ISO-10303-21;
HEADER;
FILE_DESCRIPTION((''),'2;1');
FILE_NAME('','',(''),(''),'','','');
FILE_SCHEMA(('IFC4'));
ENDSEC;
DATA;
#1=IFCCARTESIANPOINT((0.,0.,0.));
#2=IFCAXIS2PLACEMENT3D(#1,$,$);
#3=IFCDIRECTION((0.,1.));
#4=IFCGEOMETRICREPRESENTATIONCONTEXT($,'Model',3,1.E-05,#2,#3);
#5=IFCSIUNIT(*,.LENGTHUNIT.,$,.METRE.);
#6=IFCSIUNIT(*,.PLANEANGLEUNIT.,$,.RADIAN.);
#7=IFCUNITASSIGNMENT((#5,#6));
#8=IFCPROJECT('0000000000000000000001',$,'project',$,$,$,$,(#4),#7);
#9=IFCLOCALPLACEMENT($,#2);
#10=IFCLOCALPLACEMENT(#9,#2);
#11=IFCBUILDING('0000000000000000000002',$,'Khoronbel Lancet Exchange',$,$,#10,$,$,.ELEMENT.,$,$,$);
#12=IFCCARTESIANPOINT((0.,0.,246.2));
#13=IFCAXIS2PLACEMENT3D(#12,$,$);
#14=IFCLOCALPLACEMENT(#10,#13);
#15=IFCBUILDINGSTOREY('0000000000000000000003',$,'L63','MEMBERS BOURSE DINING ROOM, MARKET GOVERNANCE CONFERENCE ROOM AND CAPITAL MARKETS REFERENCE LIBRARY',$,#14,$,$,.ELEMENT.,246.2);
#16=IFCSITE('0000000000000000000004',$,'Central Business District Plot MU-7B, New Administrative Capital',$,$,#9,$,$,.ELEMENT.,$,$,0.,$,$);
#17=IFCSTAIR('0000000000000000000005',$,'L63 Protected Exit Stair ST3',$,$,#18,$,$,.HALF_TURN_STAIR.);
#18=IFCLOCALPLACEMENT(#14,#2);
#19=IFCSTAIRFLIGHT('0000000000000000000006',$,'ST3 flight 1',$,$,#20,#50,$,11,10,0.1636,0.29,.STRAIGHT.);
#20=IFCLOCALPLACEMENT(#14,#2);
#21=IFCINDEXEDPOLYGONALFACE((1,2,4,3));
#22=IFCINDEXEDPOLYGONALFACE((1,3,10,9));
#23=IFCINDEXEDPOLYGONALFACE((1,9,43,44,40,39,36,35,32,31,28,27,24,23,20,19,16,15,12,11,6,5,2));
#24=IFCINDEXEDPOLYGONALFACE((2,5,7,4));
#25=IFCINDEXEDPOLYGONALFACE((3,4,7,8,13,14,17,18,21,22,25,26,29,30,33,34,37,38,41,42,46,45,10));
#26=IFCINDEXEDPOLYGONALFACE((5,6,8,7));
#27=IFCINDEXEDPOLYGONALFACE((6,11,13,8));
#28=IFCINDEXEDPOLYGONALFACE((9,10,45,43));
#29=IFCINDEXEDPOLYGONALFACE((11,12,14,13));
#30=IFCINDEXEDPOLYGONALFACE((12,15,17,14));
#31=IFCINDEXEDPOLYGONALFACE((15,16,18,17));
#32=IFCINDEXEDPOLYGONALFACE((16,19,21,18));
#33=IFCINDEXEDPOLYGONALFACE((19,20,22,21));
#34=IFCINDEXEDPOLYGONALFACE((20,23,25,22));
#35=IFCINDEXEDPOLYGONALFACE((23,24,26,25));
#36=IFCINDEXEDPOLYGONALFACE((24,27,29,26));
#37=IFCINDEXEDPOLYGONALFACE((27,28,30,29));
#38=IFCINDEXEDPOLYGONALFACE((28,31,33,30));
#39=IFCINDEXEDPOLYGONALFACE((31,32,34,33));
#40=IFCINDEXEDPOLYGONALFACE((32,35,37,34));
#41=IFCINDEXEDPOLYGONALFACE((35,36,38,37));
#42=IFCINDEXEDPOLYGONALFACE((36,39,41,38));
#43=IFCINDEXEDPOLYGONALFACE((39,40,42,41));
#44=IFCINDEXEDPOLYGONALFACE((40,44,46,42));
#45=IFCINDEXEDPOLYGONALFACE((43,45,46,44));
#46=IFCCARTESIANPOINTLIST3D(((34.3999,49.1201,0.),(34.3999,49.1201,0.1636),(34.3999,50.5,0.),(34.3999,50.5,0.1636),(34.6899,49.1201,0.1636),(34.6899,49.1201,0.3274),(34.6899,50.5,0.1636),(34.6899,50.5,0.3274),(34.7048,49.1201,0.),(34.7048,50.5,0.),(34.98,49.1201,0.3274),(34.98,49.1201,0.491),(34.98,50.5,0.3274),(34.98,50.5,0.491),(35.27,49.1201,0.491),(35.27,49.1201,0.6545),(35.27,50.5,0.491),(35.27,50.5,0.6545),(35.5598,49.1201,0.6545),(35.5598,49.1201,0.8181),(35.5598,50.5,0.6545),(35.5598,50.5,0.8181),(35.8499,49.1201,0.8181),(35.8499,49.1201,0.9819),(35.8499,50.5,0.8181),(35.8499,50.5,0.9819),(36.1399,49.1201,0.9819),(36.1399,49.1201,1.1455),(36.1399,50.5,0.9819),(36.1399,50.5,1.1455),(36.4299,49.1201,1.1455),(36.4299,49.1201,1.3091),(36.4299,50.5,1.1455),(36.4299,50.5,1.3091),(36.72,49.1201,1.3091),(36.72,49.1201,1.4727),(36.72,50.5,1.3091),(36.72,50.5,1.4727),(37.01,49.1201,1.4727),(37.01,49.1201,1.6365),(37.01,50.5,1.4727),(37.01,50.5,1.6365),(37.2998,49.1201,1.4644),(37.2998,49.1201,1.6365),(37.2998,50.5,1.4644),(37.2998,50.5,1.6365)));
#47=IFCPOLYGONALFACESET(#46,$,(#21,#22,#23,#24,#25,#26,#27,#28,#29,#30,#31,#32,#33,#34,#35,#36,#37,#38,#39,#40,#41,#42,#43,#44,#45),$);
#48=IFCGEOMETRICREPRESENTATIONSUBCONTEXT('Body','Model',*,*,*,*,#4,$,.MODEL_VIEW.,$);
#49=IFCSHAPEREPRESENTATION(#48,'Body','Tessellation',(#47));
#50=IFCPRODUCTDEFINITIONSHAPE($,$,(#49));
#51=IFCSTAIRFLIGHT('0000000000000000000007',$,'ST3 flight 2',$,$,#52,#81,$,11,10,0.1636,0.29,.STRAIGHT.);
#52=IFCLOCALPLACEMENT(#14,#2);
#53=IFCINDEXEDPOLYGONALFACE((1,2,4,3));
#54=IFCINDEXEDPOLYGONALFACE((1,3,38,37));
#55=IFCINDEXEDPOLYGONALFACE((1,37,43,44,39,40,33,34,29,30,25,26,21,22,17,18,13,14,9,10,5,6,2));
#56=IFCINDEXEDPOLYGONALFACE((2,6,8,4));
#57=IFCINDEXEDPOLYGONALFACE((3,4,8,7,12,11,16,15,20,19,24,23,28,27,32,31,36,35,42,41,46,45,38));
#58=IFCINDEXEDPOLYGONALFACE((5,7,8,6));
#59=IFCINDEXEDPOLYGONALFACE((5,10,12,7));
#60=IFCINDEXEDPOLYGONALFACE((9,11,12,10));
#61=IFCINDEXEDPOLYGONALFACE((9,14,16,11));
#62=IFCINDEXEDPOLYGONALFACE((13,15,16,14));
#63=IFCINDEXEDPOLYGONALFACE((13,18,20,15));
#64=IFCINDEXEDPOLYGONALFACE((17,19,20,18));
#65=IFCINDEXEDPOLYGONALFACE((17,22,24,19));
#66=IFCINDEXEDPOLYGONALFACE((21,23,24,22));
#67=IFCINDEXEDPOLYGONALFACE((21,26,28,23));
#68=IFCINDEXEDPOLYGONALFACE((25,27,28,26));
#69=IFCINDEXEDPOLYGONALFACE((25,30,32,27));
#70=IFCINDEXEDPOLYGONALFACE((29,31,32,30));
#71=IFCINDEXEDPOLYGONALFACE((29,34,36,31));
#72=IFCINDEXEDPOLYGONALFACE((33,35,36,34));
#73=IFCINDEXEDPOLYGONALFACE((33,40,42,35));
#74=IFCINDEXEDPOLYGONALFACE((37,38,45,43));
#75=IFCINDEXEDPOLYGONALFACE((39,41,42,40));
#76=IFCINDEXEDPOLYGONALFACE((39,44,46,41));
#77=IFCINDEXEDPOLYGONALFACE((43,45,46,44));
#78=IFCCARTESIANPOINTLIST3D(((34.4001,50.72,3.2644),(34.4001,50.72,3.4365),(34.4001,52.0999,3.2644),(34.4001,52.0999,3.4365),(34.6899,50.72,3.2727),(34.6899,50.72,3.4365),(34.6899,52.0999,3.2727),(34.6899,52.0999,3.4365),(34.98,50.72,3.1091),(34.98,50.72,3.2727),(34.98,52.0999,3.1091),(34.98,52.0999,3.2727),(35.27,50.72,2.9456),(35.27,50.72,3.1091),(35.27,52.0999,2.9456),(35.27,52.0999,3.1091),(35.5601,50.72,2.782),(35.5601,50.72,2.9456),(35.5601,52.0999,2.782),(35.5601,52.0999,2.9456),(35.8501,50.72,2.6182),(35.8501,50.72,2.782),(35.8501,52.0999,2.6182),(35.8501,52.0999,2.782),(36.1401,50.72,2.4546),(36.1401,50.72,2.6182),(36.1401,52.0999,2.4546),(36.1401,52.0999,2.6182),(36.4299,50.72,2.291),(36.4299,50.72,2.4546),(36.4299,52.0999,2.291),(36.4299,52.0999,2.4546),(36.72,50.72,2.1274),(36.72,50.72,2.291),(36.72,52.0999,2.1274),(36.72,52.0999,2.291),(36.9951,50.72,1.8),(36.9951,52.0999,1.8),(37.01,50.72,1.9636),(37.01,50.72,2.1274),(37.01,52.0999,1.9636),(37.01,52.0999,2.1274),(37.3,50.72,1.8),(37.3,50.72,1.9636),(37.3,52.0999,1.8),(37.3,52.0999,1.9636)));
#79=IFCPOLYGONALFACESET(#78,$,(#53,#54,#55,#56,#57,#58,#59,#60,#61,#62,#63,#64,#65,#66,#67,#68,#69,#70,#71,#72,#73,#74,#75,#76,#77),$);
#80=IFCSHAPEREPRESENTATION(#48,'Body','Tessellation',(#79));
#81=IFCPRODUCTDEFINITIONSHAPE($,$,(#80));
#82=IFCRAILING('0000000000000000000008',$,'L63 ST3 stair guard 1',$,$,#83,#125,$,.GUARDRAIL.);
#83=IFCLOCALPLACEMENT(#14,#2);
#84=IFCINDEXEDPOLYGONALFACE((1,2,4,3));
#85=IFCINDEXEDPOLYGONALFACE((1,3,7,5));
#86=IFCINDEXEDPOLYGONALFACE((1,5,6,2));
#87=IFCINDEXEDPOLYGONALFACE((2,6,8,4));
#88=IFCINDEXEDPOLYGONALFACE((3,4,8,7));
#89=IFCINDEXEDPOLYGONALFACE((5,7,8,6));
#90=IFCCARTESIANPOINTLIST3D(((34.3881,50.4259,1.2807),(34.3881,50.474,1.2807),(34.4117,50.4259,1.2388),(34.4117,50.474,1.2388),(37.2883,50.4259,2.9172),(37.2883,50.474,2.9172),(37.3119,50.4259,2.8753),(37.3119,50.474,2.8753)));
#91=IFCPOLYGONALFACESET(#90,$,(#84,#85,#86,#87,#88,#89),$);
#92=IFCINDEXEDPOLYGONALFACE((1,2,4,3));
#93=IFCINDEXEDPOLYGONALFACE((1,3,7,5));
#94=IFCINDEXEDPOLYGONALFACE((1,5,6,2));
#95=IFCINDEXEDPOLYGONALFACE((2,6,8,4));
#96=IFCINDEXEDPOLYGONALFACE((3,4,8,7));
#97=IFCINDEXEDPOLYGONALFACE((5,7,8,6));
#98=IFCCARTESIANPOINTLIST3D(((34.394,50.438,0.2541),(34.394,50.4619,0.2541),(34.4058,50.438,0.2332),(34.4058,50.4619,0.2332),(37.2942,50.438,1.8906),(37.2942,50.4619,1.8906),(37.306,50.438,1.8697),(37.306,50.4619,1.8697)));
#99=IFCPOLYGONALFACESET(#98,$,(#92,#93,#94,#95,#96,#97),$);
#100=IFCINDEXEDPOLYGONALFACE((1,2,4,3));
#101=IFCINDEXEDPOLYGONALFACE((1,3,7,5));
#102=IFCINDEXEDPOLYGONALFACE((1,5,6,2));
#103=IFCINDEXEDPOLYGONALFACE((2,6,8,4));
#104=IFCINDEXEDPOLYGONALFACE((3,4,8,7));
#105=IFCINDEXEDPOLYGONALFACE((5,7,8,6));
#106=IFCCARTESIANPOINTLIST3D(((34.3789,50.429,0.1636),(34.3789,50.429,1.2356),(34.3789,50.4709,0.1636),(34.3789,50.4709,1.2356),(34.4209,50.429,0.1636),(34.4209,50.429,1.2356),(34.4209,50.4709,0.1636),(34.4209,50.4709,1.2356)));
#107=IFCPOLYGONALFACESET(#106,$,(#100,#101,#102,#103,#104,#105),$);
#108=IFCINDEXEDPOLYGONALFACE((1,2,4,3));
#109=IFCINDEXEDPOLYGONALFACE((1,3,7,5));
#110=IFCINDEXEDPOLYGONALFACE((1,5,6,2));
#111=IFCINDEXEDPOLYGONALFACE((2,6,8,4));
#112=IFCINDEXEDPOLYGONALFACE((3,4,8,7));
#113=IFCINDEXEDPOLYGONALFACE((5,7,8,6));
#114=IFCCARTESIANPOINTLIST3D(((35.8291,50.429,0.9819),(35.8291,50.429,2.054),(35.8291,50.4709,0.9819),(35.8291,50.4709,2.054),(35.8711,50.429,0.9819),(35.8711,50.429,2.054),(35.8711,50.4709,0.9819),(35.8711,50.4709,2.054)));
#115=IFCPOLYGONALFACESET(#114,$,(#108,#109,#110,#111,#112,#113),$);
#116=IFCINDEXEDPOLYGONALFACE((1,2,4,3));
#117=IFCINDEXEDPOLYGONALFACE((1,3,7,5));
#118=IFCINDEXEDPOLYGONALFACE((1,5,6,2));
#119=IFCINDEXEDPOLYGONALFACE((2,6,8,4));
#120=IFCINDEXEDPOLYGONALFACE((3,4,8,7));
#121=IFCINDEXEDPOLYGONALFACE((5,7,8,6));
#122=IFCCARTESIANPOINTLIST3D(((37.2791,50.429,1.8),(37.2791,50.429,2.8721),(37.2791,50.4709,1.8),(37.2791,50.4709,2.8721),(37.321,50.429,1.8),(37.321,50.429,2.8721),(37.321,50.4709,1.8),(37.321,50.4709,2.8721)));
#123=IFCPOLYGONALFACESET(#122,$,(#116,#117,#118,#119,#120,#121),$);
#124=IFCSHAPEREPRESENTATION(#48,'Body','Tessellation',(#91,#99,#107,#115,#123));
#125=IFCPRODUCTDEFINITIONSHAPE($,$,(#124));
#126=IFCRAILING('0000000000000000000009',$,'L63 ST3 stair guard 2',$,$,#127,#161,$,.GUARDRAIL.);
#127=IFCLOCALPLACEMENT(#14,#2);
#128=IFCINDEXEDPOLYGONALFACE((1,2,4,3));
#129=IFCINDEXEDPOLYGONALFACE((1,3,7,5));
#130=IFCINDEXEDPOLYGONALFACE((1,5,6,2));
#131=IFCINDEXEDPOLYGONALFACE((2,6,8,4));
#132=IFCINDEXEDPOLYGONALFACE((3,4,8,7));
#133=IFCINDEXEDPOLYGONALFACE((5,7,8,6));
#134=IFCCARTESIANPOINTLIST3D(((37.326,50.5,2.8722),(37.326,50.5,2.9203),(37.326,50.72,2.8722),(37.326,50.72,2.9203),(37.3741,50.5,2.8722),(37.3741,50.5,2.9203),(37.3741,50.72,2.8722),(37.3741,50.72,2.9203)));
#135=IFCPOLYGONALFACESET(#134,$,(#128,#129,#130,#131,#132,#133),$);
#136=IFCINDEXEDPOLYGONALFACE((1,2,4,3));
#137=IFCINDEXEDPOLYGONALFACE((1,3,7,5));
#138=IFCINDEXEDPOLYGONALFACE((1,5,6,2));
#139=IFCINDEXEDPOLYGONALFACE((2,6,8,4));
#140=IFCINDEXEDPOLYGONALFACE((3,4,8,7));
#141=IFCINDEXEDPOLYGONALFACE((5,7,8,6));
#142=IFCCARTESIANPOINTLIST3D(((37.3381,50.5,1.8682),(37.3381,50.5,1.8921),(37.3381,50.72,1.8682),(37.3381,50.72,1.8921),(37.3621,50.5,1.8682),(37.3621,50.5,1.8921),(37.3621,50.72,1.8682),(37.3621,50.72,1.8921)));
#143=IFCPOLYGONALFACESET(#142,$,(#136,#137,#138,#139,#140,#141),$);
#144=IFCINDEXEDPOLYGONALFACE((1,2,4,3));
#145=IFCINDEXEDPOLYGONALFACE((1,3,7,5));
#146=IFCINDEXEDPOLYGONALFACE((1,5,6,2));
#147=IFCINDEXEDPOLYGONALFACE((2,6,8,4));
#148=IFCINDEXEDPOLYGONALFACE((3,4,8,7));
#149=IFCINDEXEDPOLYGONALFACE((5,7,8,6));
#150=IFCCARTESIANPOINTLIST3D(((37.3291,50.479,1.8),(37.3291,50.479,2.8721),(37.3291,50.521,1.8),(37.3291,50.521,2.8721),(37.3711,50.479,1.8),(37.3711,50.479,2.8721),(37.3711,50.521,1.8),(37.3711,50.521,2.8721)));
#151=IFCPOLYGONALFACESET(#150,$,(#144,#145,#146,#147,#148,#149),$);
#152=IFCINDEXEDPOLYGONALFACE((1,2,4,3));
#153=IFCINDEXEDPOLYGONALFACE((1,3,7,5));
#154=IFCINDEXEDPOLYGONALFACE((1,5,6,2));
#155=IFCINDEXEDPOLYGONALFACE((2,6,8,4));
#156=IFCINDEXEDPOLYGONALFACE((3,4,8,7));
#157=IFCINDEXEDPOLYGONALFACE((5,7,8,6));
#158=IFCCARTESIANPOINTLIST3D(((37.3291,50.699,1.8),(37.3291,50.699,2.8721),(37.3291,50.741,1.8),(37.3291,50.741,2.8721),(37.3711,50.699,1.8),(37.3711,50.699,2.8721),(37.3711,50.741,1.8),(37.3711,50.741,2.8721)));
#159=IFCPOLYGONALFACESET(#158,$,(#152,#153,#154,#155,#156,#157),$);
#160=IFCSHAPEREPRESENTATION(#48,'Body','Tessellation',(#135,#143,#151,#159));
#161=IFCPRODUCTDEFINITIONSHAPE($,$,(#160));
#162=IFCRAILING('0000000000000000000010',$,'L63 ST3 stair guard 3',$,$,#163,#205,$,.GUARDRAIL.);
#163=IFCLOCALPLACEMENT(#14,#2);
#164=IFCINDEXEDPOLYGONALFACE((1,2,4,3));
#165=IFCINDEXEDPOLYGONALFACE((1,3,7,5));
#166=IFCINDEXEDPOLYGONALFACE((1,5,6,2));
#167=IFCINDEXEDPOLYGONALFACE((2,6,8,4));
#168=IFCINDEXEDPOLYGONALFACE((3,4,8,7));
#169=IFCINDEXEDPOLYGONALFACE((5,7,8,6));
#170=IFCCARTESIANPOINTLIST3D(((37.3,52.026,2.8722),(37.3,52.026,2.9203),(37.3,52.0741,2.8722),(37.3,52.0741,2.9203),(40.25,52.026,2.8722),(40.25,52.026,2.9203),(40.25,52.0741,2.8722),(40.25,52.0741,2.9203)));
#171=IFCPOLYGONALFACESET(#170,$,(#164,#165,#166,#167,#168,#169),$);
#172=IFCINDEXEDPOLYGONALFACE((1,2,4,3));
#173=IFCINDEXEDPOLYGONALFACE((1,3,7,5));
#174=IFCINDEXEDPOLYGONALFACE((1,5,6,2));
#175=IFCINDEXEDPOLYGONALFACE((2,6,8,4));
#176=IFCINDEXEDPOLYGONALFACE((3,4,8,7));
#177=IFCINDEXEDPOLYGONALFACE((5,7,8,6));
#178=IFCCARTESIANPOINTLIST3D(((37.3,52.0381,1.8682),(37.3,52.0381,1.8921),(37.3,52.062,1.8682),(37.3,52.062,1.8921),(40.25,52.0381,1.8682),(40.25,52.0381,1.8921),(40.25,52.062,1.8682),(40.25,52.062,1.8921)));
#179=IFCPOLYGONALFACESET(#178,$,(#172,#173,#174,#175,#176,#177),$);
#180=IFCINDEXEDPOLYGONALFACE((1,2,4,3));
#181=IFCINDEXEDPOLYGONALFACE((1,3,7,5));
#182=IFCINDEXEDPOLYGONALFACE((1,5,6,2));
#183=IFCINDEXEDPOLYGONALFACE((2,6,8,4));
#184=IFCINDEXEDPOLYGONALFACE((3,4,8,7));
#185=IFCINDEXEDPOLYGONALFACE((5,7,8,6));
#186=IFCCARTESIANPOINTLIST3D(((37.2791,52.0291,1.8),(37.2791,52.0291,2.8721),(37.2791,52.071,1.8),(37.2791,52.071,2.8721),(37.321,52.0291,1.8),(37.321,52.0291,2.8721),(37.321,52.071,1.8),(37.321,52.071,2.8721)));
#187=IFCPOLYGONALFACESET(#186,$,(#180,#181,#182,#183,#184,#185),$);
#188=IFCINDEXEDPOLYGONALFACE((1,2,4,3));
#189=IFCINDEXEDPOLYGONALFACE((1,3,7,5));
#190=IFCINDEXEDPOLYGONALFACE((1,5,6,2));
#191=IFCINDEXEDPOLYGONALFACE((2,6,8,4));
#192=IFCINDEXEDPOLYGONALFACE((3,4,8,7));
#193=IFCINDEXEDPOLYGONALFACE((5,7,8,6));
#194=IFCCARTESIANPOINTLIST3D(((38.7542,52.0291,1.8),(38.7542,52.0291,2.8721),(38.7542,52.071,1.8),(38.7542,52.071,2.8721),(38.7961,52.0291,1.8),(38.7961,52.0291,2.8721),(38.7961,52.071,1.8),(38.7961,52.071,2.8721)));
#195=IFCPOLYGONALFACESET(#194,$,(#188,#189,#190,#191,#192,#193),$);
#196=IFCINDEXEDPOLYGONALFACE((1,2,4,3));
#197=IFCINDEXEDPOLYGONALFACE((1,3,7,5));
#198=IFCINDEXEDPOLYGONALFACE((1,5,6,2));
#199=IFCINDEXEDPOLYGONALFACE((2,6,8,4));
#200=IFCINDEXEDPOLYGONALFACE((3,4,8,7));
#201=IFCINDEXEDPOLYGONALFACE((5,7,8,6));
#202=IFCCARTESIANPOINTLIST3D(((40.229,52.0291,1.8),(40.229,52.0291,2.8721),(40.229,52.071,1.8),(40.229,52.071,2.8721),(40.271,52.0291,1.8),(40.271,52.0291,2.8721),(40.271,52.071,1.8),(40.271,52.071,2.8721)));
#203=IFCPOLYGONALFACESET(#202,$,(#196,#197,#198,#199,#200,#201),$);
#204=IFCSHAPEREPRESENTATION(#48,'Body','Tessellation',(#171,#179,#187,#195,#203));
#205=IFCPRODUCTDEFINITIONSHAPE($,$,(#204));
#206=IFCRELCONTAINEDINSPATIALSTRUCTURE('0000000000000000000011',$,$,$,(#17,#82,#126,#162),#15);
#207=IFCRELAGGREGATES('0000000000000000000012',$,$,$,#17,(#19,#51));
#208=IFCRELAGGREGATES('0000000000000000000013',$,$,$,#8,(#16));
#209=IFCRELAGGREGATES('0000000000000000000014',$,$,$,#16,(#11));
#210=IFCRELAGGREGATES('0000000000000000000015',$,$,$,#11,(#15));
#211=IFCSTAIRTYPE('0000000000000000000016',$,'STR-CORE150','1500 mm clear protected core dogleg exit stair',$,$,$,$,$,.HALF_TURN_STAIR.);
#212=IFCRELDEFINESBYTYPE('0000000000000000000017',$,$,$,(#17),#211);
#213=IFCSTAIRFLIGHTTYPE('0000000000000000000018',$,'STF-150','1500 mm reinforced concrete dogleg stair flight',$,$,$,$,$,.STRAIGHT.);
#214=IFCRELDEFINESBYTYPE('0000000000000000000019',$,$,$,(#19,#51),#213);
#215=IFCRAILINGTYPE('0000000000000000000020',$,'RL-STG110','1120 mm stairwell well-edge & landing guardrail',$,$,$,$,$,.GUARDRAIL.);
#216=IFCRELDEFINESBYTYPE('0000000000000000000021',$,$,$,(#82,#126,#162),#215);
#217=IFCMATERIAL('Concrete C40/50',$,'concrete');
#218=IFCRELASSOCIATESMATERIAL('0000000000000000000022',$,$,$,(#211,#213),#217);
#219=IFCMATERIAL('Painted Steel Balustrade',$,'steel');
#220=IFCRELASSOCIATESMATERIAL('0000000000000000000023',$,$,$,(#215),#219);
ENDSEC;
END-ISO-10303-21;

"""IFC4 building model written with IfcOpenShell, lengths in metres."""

from ifc_helpers import new_model, si_unit, direction, frame, origin, origin_2d, place, context, subcontext, project, spatial, polyline, rectangle, outline, extrude, material, type_object, element, aggregate, save


model = new_model("IFC4")

# Units and contexts
model_context = context("Model", 3, precision=1e-05, world=origin(), true_north=direction((0.0, 1.0)))
body_context = subcontext(model_context, "Body", "Model", "MODEL_VIEW")
ifc_project = project(units=[si_unit("LENGTHUNIT", "METRE"), si_unit("PLANEANGLEUNIT", "RADIAN")], contexts=[model_context])

# Site, building, storey
site_placement = place(None, origin())
site = spatial("IfcSite", under=ifc_project, at=site_placement, Name="Central Business District Plot MU-7B, New Administrative Capital", CompositionType="ELEMENT", RefElevation=0.0)
building_placement = place(site_placement, origin())
building = spatial("IfcBuilding", under=site, at=building_placement, Name="Khoronbel Lancet Exchange", CompositionType="ELEMENT")
storey_placement = place(building_placement, frame((0.0, 0.0, 246.2)))
storey = spatial("IfcBuildingStorey", under=building, at=storey_placement, Name="L63", Description="MEMBERS BOURSE DINING ROOM, MARKET GOVERNANCE CONFERENCE ROOM AND CAPITAL MARKETS REFERENCE LIBRARY", CompositionType="ELEMENT", Elevation=246.2)

# Stair, stair flights
ifc_material_1 = material(Name="Concrete C40/50", Category="concrete")
stair_type = type_object("IfcStairType", Name="STR-CORE150", Description="1500 mm clear protected core dogleg exit stair", PredefinedType="HALF_TURN_STAIR", material=ifc_material_1)
stair_placement = place(storey_placement, origin())
stair = element("IfcStair", 1, at=stair_placement, inside=storey, type_object=stair_type, Name="L63 Protected Exit Stair ST3", PredefinedType="HALF_TURN_STAIR")
stair_flight_type = type_object("IfcStairFlightType", Name="STF-150", Description="1500 mm reinforced concrete dogleg stair flight", PredefinedType="STRAIGHT", material=ifc_material_1)
stair_flight_1_placement = place(storey_placement, frame((34.3999, 49.8101, 0.0), z_axis=(0.0, 0.0, 1.0), x_axis=(1.0, 0.0, 0.0)))
stair_flight_1 = element("IfcStairFlight", 2, at=stair_flight_1_placement, type_object=stair_flight_type, Name="ST3 flight 1", NumberOfRisers=11, NumberOfTreads=10, PredefinedType="STRAIGHT", RiserHeight=0.1636, TreadLength=0.29, context=body_context, shape_type="SweptSolid", body=[
    extrude(outline(polyline([(0.0, 0.0), (0.0, 0.1636), (0.29, 0.1636), (0.29, 0.3274), (0.5801, 0.3274), (0.5801, 0.491), (0.8701, 0.491), (0.8701, 0.6545), (1.1599, 0.6545), (1.1599, 0.8181), (1.45, 0.8181), (1.45, 0.9819), (1.74, 0.9819), (1.74, 1.1455), (2.03, 1.1455), (2.03, 1.3091), (2.3201, 1.3091), (2.3201, 1.4727), (2.6101, 1.4727), (2.6101, 1.6365), (2.8999, 1.6365), (2.8999, 1.8), (2.8999, 1.4644), (0.3049, 0.0), (0.0, 0.0)])), frame((0.0, 0.6899, 0.0), z_axis=(0.0, -1.0, 0.0), x_axis=(1.0, 0.0, 0.0)), (0.0, 0.0, 1.0), 1.3799),
])
stair_flight_2_placement = place(storey_placement, frame((37.3, 51.4099, 1.8), z_axis=(0.0, 0.0, 1.0), x_axis=(-1.0, 0.0, 0.0)))
stair_flight_2 = element("IfcStairFlight", 3, at=stair_flight_2_placement, type_object=stair_flight_type, Name="ST3 flight 2", NumberOfRisers=11, NumberOfTreads=10, PredefinedType="STRAIGHT", RiserHeight=0.1636, TreadLength=0.29, context=body_context, shape_type="SweptSolid", body=[
    extrude(outline(polyline([(0.0, 0.0), (0.0, 0.1636), (0.29, 0.1636), (0.29, 0.3274), (0.5801, 0.3274), (0.5801, 0.491), (0.8701, 0.491), (0.8701, 0.6545), (1.1599, 0.6545), (1.1599, 0.8181), (1.45, 0.8181), (1.45, 0.9819), (1.74, 0.9819), (1.74, 1.1455), (2.03, 1.1455), (2.03, 1.3091), (2.3201, 1.3091), (2.3201, 1.4727), (2.6101, 1.4727), (2.6101, 1.6365), (2.8999, 1.6365), (2.8999, 1.8), (2.8999, 1.4644), (0.3049, 0.0), (0.0, 0.0)])), frame((0.0, 0.6899, 0.0), z_axis=(0.0, -1.0, 0.0), x_axis=(1.0, 0.0, 0.0)), (0.0, 0.0, 1.0), 1.3799),
])
aggregate(stair, [stair_flight_1, stair_flight_2])

# Railings
ifc_material_2 = material(Name="Painted Steel Balustrade", Category="steel")
railing_type_1 = type_object("IfcRailingType", Name="RL-STG110", Description="1120 mm stairwell well-edge & landing guardrail", PredefinedType="GUARDRAIL", material=ifc_material_2)
railing_1_placement = place(storey_placement, frame((34.3999, 50.45, 0.1636)))
element("IfcRailing", 4, at=railing_1_placement, inside=storey, type_object=railing_type_1, Name="L63 ST3 stair guard 1", PredefinedType="GUARDRAIL", context=body_context, shape_type="SweptSolid", body=[
    extrude(rectangle(XDim=0.0481, YDim=0.0481, at=origin_2d()), frame((0.0, 0.0, 1.0962), z_axis=(0.870915, 0.0, 0.491434), x_axis=(0.0, 1.0, 0.0)), (0.0, 0.0, 1.0), 3.3301),
    extrude(rectangle(XDim=0.0239, YDim=0.0239, at=origin_2d()), frame((0.0, 0.0, 0.0801), z_axis=(0.870915, 0.0, 0.491434), x_axis=(0.0, 1.0, 0.0)), (0.0, 0.0, 1.0), 3.3301),
    extrude(rectangle(XDim=0.042, YDim=0.042, at=origin_2d()), origin(), (0.0, 0.0, 1.0), 1.072),
    extrude(rectangle(XDim=0.042, YDim=0.042, at=origin_2d()), frame((1.4502, 0.0, 0.8184)), (0.0, 0.0, 1.0), 1.072),
    extrude(rectangle(XDim=0.042, YDim=0.042, at=origin_2d()), frame((2.9001, 0.0, 1.6365)), (0.0, 0.0, 1.0), 1.072),
])
railing_2_placement = place(storey_placement, frame((37.3501, 50.5, 1.8)))
element("IfcRailing", 5, at=railing_2_placement, inside=storey, type_object=railing_type_1, Name="L63 ST3 stair guard 2", PredefinedType="GUARDRAIL", context=body_context, shape_type="SweptSolid", body=[
    extrude(rectangle(XDim=0.0481, YDim=0.0481, at=origin_2d()), frame((0.0, 0.0, 1.0962), z_axis=(0.0, 1.0, 0.0), x_axis=(-1.0, 0.0, 0.0)), (0.0, 0.0, 1.0), 0.22),
    extrude(rectangle(XDim=0.0239, YDim=0.0239, at=origin_2d()), frame((0.0, 0.0, 0.0801), z_axis=(0.0, 1.0, 0.0), x_axis=(-1.0, 0.0, 0.0)), (0.0, 0.0, 1.0), 0.22),
    extrude(rectangle(XDim=0.042, YDim=0.042, at=origin_2d()), origin(), (0.0, 0.0, 1.0), 1.072),
    extrude(rectangle(XDim=0.042, YDim=0.042, at=origin_2d()), frame((0.0, 0.22, 0.0)), (0.0, 0.0, 1.0), 1.072),
])
railing_3_placement = place(storey_placement, frame((37.3, 52.05, 1.8)))
element("IfcRailing", 6, at=railing_3_placement, inside=storey, type_object=railing_type_1, Name="L63 ST3 stair guard 3", PredefinedType="GUARDRAIL", context=body_context, shape_type="SweptSolid", body=[
    extrude(rectangle(XDim=0.0481, YDim=0.0481, at=origin_2d()), frame((0.0, 0.0, 1.0962), z_axis=(1.0, 0.0, 0.0), x_axis=(0.0, 1.0, 0.0)), (0.0, 0.0, 1.0), 2.95),
    extrude(rectangle(XDim=0.0239, YDim=0.0239, at=origin_2d()), frame((0.0, 0.0, 0.0801), z_axis=(1.0, 0.0, 0.0), x_axis=(0.0, 1.0, 0.0)), (0.0, 0.0, 1.0), 2.95),
    extrude(rectangle(XDim=0.042, YDim=0.042, at=origin_2d()), origin(), (0.0, 0.0, 1.0), 1.072),
    extrude(rectangle(XDim=0.042, YDim=0.042, at=origin_2d()), frame((1.4751, 0.0, 0.0)), (0.0, 0.0, 1.0), 1.072),
    extrude(rectangle(XDim=0.042, YDim=0.042, at=origin_2d()), frame((2.95, 0.0, 0.0)), (0.0, 0.0, 1.0), 1.072),
])

save(model, "model.ifc")
